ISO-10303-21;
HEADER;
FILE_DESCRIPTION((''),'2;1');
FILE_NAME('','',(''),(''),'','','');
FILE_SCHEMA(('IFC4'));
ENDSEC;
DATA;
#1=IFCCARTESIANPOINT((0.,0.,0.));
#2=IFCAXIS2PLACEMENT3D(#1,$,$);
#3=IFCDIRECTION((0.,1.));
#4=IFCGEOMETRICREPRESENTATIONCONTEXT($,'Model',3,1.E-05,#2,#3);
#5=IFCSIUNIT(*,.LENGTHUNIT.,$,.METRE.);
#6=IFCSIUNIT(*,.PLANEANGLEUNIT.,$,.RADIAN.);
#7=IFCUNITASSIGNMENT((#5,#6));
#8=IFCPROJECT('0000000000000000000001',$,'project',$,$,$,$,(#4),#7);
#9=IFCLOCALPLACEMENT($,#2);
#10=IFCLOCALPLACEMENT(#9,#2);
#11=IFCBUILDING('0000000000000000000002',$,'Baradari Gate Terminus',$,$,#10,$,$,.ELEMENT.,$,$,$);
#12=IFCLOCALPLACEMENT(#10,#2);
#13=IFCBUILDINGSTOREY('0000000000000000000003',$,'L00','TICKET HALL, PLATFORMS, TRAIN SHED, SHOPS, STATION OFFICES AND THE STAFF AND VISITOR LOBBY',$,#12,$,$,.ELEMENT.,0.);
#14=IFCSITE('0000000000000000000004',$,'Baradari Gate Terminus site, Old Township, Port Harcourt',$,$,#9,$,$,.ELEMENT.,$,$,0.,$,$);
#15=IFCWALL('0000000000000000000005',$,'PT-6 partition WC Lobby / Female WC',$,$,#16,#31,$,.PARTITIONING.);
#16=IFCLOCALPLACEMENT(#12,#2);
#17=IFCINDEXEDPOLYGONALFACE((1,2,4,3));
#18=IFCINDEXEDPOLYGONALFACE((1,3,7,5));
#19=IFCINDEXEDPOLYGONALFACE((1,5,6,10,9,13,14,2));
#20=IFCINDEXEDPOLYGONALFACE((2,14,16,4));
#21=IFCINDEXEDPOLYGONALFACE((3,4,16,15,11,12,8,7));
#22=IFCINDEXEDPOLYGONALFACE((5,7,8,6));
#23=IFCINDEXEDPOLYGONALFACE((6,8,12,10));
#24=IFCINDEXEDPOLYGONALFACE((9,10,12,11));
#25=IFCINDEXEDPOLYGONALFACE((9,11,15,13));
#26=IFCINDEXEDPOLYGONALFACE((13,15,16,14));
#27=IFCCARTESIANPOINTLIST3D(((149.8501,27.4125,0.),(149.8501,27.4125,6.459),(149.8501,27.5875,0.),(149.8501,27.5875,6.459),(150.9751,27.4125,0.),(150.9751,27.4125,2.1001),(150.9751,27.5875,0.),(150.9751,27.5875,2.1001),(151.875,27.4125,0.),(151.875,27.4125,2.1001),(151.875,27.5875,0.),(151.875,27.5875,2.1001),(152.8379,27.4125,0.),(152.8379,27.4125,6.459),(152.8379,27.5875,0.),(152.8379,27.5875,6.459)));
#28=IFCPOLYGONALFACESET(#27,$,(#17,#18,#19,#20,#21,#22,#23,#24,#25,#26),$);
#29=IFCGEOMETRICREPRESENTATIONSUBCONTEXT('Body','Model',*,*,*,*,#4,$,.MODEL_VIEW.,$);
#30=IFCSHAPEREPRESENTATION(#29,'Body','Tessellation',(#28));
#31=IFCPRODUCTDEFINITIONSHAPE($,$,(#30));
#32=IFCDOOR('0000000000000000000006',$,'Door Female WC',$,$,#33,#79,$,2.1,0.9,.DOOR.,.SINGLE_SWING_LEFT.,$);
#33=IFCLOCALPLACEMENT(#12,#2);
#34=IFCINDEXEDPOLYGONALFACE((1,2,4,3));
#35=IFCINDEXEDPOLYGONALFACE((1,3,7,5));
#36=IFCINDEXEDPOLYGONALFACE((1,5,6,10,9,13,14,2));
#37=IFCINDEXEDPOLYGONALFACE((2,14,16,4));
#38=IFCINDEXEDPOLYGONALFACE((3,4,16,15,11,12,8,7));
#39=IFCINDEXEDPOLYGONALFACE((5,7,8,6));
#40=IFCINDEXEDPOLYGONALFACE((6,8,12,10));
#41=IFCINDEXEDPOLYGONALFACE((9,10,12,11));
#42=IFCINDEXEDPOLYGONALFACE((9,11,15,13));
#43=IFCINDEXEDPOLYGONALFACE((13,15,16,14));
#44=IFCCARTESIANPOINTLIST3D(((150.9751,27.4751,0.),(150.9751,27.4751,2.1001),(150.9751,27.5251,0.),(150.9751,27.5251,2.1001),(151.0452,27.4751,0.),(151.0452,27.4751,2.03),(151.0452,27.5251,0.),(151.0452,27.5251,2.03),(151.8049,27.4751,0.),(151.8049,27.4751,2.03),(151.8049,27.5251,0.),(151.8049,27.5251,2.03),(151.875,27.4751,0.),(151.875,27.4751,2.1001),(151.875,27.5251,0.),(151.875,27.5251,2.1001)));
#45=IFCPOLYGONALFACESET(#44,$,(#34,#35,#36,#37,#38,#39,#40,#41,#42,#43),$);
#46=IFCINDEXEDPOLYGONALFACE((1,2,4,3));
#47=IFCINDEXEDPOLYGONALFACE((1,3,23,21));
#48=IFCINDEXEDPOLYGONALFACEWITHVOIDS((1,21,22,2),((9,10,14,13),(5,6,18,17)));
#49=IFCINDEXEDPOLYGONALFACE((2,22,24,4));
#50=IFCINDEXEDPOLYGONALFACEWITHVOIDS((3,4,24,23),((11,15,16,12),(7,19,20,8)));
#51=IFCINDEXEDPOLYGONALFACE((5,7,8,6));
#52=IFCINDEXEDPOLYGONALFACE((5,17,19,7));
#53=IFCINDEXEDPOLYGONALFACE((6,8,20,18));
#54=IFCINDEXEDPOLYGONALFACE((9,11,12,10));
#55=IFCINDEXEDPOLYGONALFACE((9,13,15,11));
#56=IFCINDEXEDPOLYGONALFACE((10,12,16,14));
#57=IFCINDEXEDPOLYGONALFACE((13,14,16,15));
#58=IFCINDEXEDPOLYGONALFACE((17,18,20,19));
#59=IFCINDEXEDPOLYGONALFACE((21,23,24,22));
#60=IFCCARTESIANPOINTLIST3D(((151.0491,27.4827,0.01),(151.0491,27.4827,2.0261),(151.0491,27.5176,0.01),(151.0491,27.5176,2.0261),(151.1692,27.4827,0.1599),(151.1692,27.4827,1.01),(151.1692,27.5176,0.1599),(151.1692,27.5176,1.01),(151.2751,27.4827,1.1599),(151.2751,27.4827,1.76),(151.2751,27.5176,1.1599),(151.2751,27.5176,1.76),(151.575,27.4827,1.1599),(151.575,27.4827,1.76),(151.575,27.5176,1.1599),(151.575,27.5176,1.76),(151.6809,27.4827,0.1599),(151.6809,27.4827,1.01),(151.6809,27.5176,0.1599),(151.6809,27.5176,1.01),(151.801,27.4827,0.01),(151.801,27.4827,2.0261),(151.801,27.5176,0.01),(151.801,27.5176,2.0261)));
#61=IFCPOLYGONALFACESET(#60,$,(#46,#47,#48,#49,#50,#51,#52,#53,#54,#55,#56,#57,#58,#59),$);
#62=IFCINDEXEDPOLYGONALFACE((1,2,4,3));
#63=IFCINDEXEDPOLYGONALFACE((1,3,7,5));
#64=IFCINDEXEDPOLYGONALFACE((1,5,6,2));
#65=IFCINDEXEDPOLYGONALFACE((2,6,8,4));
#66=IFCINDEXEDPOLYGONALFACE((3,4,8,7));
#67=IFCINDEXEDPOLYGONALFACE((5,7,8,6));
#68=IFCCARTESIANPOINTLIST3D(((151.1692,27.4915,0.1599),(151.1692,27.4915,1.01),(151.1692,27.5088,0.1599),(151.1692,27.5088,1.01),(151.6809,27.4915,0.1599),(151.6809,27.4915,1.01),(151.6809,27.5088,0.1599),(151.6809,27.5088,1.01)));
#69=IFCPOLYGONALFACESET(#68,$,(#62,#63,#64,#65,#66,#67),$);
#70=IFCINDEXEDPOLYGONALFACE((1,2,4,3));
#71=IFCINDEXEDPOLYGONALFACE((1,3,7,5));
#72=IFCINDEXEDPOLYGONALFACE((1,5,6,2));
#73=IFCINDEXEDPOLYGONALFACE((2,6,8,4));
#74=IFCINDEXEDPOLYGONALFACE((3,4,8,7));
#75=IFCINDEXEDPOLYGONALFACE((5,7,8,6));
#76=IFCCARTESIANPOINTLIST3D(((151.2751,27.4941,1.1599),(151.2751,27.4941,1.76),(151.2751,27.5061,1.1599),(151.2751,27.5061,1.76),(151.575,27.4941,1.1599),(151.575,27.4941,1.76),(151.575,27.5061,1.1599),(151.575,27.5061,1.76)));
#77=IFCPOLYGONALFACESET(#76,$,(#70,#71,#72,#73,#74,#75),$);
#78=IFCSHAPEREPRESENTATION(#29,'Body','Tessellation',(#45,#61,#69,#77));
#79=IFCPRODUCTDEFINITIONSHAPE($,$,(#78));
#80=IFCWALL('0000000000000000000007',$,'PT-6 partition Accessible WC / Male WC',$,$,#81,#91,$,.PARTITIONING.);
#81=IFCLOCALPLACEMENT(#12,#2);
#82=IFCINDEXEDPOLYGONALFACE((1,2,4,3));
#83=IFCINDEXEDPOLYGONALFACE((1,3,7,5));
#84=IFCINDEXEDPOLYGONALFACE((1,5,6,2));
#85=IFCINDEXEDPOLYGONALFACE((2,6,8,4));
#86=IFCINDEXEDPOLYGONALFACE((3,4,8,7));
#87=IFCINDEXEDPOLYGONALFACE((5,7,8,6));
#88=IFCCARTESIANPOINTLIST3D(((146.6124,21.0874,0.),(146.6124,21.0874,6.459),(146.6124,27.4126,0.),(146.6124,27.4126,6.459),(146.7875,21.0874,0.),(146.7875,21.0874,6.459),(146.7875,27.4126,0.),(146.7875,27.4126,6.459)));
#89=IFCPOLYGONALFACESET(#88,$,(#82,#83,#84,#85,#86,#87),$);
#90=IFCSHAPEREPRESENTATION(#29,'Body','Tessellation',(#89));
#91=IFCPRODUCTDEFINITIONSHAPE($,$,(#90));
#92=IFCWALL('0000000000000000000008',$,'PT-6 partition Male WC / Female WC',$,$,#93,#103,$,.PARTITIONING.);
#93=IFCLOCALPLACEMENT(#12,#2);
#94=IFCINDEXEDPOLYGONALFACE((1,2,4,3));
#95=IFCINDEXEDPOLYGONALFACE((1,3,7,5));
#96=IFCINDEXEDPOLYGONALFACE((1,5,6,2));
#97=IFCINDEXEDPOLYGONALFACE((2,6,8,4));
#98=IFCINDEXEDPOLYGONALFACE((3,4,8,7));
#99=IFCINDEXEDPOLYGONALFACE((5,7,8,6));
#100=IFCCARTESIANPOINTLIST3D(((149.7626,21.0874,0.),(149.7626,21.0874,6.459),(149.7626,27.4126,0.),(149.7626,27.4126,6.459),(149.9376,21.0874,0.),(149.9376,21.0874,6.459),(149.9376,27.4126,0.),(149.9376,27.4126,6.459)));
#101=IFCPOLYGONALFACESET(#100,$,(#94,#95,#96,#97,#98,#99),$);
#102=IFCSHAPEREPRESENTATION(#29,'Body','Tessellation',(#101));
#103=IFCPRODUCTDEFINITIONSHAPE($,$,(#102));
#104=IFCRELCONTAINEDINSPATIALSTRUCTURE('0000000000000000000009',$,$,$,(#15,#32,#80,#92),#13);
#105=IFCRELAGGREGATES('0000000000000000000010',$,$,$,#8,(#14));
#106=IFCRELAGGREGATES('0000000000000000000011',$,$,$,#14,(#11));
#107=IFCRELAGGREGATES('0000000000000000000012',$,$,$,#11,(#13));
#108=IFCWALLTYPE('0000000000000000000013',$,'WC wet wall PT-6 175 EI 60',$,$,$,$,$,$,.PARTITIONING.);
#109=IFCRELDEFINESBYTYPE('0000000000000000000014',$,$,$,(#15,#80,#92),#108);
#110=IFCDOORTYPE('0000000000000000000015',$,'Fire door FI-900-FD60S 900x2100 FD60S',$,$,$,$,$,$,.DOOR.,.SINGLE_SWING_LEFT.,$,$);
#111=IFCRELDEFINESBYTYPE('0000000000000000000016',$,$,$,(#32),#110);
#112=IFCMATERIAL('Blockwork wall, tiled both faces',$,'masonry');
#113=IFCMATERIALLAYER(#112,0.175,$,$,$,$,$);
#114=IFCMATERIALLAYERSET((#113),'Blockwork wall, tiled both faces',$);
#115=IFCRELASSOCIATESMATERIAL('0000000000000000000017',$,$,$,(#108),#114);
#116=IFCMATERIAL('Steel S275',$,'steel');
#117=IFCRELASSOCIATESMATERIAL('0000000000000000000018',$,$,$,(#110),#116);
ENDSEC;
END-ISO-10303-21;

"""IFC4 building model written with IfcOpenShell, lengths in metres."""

from ifc_helpers import new_model, si_unit, direction, frame, frame_2d, origin, place, context, subcontext, project, spatial, polyline, rectangle, outline, extrude, material, layer, layer_set, type_object, element, fill, save


model = new_model("IFC4")

# Units and contexts
model_context = context("Model", 3, precision=1e-05, world=origin(), true_north=direction((0.0, 1.0)))
body_context = subcontext(model_context, "Body", "Model", "MODEL_VIEW")
ifc_project = project(units=[si_unit("LENGTHUNIT", "METRE"), si_unit("PLANEANGLEUNIT", "RADIAN")], contexts=[model_context])

# Site, building, storey
site_placement = place(None, origin())
site = spatial("IfcSite", under=ifc_project, at=site_placement, Name="Baradari Gate Terminus site, Old Township, Port Harcourt", CompositionType="ELEMENT", RefElevation=0.0)
building_placement = place(site_placement, origin())
building = spatial("IfcBuilding", under=site, at=building_placement, Name="Baradari Gate Terminus", CompositionType="ELEMENT")
storey_placement = place(building_placement, origin())
storey = spatial("IfcBuildingStorey", under=building, at=storey_placement, Name="L00", Description="TICKET HALL, PLATFORMS, TRAIN SHED, SHOPS, STATION OFFICES AND THE STAFF AND VISITOR LOBBY", CompositionType="ELEMENT", Elevation=0.0)

# Wall, opening, door
ifc_material_1 = material(Name="Blockwork wall, tiled both faces", Category="masonry")
ifc_layer_1 = layer(ifc_material_1, 0.175)
ifc_layer_set_1 = layer_set([ifc_layer_1], Name="Blockwork wall, tiled both faces")
wall_type_1 = type_object("IfcWallType", Name="WC wet wall PT-6 175 EI 60", PredefinedType="PARTITIONING", material=ifc_layer_set_1)
ifc_material_2 = material(Name="Steel S275", Category="steel")
door_type_1 = type_object("IfcDoorType", Name="Fire door FI-900-FD60S 900x2100 FD60S", OperationType="SINGLE_SWING_LEFT", PredefinedType="DOOR", material=ifc_material_2)
wall_1_placement = place(storey_placement, frame((152.8379, 27.5, 0.0), z_axis=(0.0, 0.0, 1.0), x_axis=(-1.0, 0.0, 0.0)))
wall_1 = element("IfcWall", 1, at=wall_1_placement, inside=storey, type_object=wall_type_1, Name="PT-6 partition WC Lobby / Female WC", PredefinedType="PARTITIONING", context=body_context, shape_type="SweptSolid", body=[
    extrude(rectangle(XDim=2.9878, YDim=0.175, at=frame_2d((1.4939, 0.0))), origin(), (0.0, 0.0, 1.0), 6.459),
])
opening_1_placement = place(wall_1_placement, frame((0.9629, 0.0, 0.0)))
opening_1 = element("IfcOpeningElement", 2, at=opening_1_placement, cuts=wall_1, PredefinedType="OPENING", context=body_context, shape_type="SweptSolid", body=[
    extrude(rectangle(XDim=0.8999, YDim=2.1001, at=frame_2d((0.45, 1.05))), frame((0.0, 0.0974, 0.0), z_axis=(0.0, -1.0, 0.0), x_axis=(1.0, 0.0, 0.0)), (0.0, 0.0, 1.0), 0.1951),
])
door_1_placement = place(opening_1_placement, origin())
door_1 = element("IfcDoor", 3, at=door_1_placement, inside=storey, type_object=door_type_1, Name="Door Female WC", OperationType="SINGLE_SWING_LEFT", OverallHeight=2.1, OverallWidth=0.9, PredefinedType="DOOR", context=body_context, shape_type="SweptSolid", body=[
    extrude(outline(polyline([(0.0, 0.0), (0.0701, 0.0), (0.0701, 2.03), (0.8298, 2.03), (0.8298, 0.0), (0.8999, 0.0), (0.8999, 2.1001), (0.0, 2.1001), (0.0, 0.0)])), frame((0.0, 0.0249, 0.0), z_axis=(0.0, -1.0, 0.0), x_axis=(1.0, 0.0, 0.0)), (0.0, 0.0, 1.0), 0.05),
    extrude(outline(polyline([(0.074, 0.01), (0.8259, 0.01), (0.8259, 2.0261), (0.074, 2.0261), (0.074, 0.01)]), holes=[polyline([(0.1941, 0.1599), (0.7058, 0.1599), (0.7058, 1.01), (0.1941, 1.01), (0.1941, 0.1599)]), polyline([(0.3, 1.1599), (0.5999, 1.1599), (0.5999, 1.76), (0.3, 1.76), (0.3, 1.1599)])]), frame((0.0, 0.0173, 0.0), z_axis=(0.0, -1.0, 0.0), x_axis=(1.0, 0.0, 0.0)), (0.0, 0.0, 1.0), 0.0349),
    extrude(rectangle(XDim=0.5117, YDim=0.8501, at=frame_2d((0.45, 0.585))), frame((0.0, 0.0085, 0.0), z_axis=(0.0, -1.0, 0.0), x_axis=(1.0, 0.0, 0.0)), (0.0, 0.0, 1.0), 0.0173),
    extrude(rectangle(XDim=0.2998, YDim=0.6001, at=frame_2d((0.45, 1.46))), frame((0.0, 0.0059, 0.0), z_axis=(0.0, -1.0, 0.0), x_axis=(1.0, 0.0, 0.0)), (0.0, 0.0, 1.0), 0.012),
])
fill(opening_1, door_1)

# Walls
for number, where, z_axis, x_axis, name in (
    (4, (146.7, 27.4126, 0.0), (0.0, 0.0, 1.0), (0.0, -1.0, 0.0), "PT-6 partition Accessible WC / Male WC"),
    (5, (149.8501, 27.4126, 0.0), (0.0, 0.0, 1.0), (0.0, -1.0, 0.0), "PT-6 partition Male WC / Female WC"),
):
    element("IfcWall", number, at=place(storey_placement, frame(where, z_axis=z_axis, x_axis=x_axis)), inside=storey, type_object=wall_type_1, Name=name, PredefinedType="PARTITIONING", context=body_context, shape_type="SweptSolid", body=[
        extrude(rectangle(XDim=6.3252, YDim=0.175, at=frame_2d((3.1626, 0.0))), origin(), (0.0, 0.0, 1.0), 6.459),
    ])

save(model, "model.ifc")
